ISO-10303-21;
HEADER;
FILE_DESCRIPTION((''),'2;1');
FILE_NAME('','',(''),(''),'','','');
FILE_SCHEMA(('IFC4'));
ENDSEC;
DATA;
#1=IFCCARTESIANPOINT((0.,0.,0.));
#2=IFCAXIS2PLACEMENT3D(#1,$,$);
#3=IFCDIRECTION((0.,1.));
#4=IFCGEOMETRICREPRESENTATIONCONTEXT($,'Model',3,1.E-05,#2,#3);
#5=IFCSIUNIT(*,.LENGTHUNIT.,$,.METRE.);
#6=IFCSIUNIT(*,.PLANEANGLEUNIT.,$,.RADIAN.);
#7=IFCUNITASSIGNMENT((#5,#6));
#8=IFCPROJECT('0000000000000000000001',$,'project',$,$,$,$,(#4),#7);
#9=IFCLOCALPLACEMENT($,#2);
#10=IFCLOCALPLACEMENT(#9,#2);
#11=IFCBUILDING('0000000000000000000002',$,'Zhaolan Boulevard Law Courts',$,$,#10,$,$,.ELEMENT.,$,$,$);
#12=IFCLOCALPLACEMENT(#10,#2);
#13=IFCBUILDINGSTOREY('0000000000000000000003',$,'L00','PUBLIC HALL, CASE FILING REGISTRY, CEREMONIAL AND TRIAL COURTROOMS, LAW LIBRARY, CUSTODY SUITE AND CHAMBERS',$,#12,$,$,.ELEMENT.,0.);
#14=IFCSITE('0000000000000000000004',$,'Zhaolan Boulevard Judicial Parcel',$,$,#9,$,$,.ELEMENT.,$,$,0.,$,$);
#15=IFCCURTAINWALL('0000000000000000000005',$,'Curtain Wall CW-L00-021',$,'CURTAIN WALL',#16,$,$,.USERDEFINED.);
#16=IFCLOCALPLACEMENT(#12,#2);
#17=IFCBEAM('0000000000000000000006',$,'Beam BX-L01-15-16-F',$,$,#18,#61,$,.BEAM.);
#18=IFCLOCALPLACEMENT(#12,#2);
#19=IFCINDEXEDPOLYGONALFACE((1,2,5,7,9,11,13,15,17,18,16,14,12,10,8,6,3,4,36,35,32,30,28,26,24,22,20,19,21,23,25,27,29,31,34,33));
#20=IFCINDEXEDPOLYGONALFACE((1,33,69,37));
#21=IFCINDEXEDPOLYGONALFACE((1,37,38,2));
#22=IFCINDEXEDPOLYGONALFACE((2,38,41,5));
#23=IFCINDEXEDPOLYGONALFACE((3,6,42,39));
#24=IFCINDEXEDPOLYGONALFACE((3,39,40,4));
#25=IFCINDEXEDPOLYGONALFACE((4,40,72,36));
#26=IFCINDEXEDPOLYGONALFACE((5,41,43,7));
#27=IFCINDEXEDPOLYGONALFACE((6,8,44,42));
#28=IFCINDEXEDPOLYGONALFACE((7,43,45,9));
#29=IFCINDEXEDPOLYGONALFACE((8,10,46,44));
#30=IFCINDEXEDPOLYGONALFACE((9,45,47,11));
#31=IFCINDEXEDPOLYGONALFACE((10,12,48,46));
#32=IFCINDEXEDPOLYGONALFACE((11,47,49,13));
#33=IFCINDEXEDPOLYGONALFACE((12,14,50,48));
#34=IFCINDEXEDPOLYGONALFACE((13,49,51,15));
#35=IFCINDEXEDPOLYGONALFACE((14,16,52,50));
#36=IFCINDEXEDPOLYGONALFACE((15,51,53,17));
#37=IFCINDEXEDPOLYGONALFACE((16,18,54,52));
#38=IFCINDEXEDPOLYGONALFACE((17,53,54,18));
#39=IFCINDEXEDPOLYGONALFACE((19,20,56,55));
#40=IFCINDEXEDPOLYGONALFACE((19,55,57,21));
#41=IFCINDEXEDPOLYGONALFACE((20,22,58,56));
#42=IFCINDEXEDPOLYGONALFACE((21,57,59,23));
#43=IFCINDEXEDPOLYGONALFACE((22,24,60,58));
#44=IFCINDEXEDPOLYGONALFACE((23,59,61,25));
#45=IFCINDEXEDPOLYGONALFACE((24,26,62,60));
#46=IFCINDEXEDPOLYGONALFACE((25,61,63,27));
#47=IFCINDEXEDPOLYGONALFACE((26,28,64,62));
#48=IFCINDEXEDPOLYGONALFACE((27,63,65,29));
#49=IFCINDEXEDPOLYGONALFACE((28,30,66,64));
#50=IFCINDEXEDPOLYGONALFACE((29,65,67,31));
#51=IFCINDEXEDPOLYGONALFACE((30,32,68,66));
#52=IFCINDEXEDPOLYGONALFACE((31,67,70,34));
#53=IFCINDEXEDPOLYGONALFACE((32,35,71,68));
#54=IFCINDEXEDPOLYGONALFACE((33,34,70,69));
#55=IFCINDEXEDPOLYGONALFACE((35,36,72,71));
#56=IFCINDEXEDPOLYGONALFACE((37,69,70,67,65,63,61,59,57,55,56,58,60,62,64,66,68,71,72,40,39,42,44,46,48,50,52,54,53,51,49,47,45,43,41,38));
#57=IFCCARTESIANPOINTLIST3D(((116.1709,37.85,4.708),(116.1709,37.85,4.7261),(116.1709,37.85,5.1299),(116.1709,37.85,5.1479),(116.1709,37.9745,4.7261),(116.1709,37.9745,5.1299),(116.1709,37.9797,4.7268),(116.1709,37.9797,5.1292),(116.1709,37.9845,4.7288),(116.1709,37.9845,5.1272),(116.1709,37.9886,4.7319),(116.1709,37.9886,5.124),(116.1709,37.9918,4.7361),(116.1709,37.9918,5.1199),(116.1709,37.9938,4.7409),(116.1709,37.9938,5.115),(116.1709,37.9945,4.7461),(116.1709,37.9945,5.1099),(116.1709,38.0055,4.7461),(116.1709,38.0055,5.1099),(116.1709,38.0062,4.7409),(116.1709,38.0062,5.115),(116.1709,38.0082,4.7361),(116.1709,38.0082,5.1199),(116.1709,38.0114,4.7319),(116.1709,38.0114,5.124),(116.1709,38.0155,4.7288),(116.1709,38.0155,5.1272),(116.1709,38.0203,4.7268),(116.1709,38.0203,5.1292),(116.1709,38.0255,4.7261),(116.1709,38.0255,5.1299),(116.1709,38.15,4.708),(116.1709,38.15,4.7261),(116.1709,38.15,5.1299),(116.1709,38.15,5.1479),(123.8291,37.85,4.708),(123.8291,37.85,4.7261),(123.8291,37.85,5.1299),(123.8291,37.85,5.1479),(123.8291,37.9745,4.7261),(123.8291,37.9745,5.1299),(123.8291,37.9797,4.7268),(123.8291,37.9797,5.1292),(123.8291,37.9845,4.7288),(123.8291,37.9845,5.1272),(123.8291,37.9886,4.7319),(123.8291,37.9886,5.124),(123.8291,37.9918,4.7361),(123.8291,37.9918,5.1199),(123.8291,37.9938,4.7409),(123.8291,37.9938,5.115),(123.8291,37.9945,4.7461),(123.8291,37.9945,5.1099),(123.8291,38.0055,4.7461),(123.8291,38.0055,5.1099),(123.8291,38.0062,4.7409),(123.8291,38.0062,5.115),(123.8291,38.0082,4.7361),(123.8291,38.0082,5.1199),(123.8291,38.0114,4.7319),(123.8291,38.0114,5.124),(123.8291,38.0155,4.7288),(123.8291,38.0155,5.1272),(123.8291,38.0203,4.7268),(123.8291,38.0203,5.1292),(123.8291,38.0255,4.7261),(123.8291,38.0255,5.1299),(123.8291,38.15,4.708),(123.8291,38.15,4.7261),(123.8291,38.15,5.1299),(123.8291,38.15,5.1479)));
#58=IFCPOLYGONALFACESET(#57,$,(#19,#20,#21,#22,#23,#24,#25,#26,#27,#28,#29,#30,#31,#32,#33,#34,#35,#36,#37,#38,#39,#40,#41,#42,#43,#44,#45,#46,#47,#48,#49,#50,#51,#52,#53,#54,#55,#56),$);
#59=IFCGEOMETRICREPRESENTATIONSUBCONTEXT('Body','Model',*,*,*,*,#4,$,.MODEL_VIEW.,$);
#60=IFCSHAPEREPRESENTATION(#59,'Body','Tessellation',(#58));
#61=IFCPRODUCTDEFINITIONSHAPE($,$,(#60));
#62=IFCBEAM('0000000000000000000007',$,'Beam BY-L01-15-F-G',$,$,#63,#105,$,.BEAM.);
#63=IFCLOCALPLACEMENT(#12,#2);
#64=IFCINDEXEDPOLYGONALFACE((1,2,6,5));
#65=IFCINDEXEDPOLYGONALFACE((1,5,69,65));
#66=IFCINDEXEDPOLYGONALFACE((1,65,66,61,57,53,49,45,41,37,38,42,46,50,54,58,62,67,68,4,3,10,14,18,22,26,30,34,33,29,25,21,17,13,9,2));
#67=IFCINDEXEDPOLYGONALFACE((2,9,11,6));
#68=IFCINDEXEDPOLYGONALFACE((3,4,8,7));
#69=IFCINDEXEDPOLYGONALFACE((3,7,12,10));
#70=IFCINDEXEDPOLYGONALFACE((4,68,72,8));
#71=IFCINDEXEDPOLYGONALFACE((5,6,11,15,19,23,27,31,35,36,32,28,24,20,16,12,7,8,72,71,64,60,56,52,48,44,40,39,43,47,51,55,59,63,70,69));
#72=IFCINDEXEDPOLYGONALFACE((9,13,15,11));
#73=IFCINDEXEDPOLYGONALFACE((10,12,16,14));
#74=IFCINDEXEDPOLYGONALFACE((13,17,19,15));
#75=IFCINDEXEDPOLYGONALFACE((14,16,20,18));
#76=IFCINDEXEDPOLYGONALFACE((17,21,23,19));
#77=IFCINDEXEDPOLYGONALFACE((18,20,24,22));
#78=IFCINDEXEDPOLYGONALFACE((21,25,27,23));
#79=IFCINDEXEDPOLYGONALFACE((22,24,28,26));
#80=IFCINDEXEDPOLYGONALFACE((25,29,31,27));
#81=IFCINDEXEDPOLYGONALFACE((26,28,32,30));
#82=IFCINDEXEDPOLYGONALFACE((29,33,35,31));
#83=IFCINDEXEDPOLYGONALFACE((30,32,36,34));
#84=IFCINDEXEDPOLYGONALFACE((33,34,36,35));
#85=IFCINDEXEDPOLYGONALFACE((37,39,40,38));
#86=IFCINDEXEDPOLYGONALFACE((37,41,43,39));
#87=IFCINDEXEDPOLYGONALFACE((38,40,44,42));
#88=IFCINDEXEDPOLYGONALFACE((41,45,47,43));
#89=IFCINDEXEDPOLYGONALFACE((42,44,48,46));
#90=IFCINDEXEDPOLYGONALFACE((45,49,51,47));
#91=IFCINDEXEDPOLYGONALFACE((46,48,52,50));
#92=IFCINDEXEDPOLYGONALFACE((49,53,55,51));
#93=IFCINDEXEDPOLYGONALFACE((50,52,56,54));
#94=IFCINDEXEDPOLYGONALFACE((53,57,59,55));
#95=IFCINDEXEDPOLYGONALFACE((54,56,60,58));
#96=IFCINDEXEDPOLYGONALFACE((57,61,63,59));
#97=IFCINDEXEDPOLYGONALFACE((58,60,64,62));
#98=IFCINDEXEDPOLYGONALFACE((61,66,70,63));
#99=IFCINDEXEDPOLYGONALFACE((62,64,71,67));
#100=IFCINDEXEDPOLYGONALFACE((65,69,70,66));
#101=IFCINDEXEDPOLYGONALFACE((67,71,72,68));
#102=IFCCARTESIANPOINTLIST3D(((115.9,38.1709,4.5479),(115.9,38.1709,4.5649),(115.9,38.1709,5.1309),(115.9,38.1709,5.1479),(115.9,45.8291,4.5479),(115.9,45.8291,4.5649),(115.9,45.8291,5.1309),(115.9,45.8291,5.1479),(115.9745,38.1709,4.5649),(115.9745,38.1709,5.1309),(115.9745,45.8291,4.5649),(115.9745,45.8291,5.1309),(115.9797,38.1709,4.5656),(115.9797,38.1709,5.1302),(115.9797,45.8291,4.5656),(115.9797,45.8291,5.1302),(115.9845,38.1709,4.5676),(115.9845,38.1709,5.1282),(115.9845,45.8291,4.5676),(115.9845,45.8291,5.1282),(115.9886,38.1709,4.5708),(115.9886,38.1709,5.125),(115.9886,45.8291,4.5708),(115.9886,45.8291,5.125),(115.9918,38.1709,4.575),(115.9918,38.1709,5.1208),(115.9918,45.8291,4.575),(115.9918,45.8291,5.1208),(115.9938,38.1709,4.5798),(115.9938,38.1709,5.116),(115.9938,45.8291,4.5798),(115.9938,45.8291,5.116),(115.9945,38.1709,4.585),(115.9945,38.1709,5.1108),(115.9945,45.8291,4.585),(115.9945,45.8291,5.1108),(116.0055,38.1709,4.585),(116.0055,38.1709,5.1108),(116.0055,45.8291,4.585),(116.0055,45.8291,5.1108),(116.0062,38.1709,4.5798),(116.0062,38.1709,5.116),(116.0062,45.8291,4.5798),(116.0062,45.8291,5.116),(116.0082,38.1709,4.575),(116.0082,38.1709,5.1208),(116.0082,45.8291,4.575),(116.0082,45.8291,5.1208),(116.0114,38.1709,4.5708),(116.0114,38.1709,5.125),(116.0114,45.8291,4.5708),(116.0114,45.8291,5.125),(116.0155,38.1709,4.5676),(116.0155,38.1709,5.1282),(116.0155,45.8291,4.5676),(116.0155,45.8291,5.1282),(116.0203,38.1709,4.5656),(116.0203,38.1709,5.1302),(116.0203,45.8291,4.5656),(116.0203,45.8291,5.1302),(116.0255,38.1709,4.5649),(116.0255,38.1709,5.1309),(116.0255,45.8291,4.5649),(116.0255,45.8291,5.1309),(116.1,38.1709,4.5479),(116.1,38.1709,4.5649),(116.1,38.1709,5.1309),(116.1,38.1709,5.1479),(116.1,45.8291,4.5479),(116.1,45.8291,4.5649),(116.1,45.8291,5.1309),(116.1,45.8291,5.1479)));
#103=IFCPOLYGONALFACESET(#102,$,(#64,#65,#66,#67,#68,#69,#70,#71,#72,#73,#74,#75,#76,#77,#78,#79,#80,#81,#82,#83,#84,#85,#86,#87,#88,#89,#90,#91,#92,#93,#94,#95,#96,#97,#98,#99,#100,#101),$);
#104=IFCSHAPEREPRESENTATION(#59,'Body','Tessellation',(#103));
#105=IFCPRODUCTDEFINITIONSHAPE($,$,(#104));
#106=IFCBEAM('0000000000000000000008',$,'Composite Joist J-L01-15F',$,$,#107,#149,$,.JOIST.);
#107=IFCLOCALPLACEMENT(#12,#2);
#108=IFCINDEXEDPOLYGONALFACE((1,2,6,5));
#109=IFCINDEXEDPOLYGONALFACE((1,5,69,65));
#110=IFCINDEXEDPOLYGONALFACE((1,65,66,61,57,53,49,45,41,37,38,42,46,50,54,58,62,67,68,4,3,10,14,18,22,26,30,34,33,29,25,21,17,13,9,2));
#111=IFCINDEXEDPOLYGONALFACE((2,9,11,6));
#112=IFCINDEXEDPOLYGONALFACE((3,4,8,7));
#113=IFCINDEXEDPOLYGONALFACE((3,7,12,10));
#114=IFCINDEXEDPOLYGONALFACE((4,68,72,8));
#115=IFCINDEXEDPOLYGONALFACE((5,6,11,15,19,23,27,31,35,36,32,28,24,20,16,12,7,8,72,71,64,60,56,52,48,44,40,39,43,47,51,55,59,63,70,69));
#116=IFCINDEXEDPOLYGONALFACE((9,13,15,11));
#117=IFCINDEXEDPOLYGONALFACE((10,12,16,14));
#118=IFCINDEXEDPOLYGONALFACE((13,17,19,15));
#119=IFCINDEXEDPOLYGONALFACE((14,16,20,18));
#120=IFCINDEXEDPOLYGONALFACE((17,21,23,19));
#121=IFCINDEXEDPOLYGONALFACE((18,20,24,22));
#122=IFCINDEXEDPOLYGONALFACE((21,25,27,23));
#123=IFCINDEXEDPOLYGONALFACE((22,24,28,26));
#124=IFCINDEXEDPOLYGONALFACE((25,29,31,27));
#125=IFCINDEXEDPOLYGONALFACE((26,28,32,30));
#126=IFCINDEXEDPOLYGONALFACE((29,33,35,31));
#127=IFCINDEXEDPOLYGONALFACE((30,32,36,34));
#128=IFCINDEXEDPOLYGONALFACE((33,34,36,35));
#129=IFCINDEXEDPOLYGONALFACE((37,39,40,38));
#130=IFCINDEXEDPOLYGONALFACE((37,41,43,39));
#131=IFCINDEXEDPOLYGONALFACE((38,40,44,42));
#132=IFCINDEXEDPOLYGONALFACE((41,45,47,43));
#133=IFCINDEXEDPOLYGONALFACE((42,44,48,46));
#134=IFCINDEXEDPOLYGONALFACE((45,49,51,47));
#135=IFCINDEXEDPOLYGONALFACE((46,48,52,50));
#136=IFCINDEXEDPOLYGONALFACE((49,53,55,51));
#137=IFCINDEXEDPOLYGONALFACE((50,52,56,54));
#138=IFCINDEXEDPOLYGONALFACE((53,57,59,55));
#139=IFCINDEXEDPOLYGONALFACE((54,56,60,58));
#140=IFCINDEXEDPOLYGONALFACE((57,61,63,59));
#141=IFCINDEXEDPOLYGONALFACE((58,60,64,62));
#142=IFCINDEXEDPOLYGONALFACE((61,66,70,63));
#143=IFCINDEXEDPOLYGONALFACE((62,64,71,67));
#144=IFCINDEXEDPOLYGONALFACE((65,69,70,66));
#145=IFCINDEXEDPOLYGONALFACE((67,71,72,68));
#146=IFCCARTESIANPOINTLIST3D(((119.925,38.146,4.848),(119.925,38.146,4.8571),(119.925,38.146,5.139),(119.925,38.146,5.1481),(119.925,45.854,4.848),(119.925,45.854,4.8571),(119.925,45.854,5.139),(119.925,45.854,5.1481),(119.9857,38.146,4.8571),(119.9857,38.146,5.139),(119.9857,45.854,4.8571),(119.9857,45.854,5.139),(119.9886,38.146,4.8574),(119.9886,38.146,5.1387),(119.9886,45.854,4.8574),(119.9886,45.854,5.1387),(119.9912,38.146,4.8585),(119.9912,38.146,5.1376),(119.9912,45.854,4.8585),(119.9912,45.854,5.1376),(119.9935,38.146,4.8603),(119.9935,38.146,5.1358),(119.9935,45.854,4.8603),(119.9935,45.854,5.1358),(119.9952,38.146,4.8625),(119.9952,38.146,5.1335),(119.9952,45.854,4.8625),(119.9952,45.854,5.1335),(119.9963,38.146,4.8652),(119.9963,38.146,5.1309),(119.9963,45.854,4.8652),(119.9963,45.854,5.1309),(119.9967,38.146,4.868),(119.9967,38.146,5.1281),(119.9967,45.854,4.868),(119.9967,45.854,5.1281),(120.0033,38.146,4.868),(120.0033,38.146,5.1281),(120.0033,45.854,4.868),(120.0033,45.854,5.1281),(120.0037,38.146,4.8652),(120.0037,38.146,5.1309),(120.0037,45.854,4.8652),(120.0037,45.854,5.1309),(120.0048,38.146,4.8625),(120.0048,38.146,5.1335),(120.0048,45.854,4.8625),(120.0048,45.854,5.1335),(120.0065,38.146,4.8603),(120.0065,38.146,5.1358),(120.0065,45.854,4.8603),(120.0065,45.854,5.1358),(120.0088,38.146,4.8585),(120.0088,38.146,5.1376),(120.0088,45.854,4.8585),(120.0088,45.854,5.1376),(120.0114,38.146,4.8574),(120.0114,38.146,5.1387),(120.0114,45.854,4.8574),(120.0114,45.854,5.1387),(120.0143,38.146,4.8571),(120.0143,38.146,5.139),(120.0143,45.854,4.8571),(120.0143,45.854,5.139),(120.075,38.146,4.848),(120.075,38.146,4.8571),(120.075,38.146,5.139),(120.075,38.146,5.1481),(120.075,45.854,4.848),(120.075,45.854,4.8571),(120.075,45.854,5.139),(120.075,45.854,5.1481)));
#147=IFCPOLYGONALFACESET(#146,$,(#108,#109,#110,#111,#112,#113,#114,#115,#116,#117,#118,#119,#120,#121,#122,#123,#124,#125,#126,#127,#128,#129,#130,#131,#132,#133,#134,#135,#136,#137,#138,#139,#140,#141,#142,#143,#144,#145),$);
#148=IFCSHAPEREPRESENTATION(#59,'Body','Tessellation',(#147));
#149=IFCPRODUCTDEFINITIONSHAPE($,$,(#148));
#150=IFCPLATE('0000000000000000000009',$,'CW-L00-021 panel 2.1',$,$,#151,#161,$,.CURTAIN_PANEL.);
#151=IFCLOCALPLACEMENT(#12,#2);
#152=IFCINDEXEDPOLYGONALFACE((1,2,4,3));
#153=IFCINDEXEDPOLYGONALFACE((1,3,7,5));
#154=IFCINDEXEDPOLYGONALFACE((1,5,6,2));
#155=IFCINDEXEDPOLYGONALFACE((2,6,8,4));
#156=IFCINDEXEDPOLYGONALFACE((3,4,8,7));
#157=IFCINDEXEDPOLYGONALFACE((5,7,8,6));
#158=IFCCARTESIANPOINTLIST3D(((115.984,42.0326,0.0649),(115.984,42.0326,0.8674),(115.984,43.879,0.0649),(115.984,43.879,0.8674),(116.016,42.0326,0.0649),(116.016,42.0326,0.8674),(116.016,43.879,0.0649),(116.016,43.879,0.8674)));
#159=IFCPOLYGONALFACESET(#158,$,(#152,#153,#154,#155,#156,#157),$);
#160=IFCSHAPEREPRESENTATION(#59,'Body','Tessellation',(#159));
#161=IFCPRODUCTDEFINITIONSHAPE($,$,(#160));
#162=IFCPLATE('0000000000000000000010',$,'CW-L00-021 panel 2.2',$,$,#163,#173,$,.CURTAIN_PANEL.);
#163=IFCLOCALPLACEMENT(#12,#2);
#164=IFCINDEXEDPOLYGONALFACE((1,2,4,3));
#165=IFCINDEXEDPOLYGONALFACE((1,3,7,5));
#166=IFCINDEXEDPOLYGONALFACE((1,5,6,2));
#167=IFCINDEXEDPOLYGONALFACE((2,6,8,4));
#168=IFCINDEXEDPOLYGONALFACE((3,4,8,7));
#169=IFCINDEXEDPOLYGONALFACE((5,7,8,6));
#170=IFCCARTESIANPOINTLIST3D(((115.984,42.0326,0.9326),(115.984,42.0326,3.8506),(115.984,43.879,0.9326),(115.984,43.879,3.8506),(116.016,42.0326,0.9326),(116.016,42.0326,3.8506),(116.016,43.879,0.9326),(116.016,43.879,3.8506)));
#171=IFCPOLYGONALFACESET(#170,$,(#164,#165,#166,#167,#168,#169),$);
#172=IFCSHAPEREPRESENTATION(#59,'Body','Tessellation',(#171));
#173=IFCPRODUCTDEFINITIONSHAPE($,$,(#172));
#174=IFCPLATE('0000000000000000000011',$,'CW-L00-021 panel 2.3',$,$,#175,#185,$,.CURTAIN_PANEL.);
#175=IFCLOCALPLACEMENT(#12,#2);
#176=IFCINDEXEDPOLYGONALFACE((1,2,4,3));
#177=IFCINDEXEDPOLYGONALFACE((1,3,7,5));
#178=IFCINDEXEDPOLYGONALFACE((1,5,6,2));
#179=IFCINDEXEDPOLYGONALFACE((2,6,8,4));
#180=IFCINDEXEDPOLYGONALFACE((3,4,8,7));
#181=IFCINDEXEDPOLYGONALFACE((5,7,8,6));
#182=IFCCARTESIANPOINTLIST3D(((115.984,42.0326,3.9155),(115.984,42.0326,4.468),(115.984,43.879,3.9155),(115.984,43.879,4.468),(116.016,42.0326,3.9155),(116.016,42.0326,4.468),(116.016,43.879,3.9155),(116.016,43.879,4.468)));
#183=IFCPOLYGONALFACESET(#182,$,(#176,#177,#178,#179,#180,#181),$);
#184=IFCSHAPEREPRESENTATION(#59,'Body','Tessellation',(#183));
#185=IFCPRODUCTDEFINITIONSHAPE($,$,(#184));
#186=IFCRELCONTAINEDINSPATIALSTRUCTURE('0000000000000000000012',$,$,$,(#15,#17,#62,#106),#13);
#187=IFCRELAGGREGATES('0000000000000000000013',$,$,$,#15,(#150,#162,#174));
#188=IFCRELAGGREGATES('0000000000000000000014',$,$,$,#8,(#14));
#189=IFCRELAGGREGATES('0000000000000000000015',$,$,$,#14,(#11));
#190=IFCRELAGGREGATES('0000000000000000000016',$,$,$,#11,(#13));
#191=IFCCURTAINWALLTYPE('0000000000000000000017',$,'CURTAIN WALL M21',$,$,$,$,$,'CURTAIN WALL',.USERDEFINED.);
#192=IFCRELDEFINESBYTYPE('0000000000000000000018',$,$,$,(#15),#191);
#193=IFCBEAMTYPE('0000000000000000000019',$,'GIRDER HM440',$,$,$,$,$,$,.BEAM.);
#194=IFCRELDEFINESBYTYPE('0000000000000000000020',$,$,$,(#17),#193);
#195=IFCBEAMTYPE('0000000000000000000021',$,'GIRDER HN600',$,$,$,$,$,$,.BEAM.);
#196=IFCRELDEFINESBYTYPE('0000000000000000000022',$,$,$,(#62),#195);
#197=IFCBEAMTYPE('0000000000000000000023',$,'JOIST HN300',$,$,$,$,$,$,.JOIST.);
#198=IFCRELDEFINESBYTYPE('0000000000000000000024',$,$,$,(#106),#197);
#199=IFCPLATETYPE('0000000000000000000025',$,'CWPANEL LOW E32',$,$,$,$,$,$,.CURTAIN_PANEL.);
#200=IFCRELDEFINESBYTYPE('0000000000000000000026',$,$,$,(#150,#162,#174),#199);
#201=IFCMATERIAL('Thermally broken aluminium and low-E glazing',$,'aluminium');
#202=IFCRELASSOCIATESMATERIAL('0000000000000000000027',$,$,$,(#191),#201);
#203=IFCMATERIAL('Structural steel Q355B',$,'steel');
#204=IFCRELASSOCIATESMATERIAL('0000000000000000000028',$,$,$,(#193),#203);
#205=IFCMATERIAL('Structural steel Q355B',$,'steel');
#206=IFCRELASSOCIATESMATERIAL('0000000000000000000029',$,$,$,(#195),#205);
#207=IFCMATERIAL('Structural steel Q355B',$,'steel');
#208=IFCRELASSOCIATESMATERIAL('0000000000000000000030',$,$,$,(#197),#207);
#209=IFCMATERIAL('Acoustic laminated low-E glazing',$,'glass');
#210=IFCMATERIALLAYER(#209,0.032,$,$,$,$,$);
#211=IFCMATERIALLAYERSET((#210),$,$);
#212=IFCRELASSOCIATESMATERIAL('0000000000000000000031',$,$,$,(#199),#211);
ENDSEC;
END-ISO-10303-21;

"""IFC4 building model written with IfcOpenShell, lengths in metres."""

from ifc_helpers import new_model, si_unit, direction, frame, origin, origin_2d, place, context, subcontext, project, spatial, rectangle, i_section, extrude, material, layer, layer_set, material_profile, profile_set, type_object, element, aggregate, save


model = new_model("IFC4")

# Units and contexts
model_context = context("Model", 3, precision=1e-05, world=origin(), true_north=direction((0.0, 1.0)))
body_context = subcontext(model_context, "Body", "Model", "MODEL_VIEW")
ifc_project = project(units=[si_unit("LENGTHUNIT", "METRE"), si_unit("PLANEANGLEUNIT", "RADIAN")], contexts=[model_context])

# Site, building, storey
site_placement = place(None, origin())
site = spatial("IfcSite", under=ifc_project, at=site_placement, Name="Zhaolan Boulevard Judicial Parcel", CompositionType="ELEMENT", RefElevation=0.0)
building_placement = place(site_placement, origin())
building = spatial("IfcBuilding", under=site, at=building_placement, Name="Zhaolan Boulevard Law Courts", CompositionType="ELEMENT")
storey_placement = place(building_placement, origin())
storey = spatial("IfcBuildingStorey", under=building, at=storey_placement, Name="L00", Description="PUBLIC HALL, CASE FILING REGISTRY, CEREMONIAL AND TRIAL COURTROOMS, LAW LIBRARY, CUSTODY SUITE AND CHAMBERS", CompositionType="ELEMENT", Elevation=0.0)

# Curtain wall
ifc_material_1 = material(Name="Thermally broken aluminium and low-E glazing", Category="aluminium")
curtain_wall_type = type_object("IfcCurtainWallType", Name="CURTAIN WALL M21", ElementType="CURTAIN WALL", PredefinedType="USERDEFINED", material=ifc_material_1)
curtain_wall_placement = place(storey_placement, origin())
curtain_wall = element("IfcCurtainWall", 1, at=curtain_wall_placement, inside=storey, type_object=curtain_wall_type, Name="Curtain Wall CW-L00-021", ObjectType="CURTAIN WALL", PredefinedType="USERDEFINED")

# Beams
ifc_material_2 = material(Name="Structural steel Q355B", Category="steel")
ifc_material_profile_1 = material_profile(ifc_material_2, i_section(OverallWidth=0.3, OverallDepth=0.4399, WebThickness=0.011, FlangeThickness=0.0181, FilletRadius=0.02, at=origin_2d()), Name="HM440x300")
ifc_profile_set_1 = profile_set([ifc_material_profile_1], Name="Structural steel Q355B")
beam_type_1 = type_object("IfcBeamType", Name="GIRDER HM440", PredefinedType="BEAM", material=ifc_profile_set_1)
beam_1_placement = place(storey_placement, frame((116.1709, 38.0, 4.928), z_axis=(1.0, 0.0, 0.0), x_axis=(0.0, 1.0, 0.0)))
element("IfcBeam", 2, at=beam_1_placement, inside=storey, type_object=beam_type_1, Name="Beam BX-L01-15-16-F", PredefinedType="BEAM", context=body_context, shape_type="SweptSolid", body=[
    extrude(i_section(OverallWidth=0.3, OverallDepth=0.4399, WebThickness=0.011, FlangeThickness=0.0181, FilletRadius=0.02, at=origin_2d()), origin(), (0.0, 0.0, 1.0), 7.6582),
])
ifc_material_3 = material(Name="Structural steel Q355B", Category="steel")
ifc_material_profile_2 = material_profile(ifc_material_3, i_section(OverallWidth=0.2, OverallDepth=0.6001, WebThickness=0.011, FlangeThickness=0.0171, FilletRadius=0.02, at=origin_2d()), Name="HN600x200")
ifc_profile_set_2 = profile_set([ifc_material_profile_2], Name="Structural steel Q355B")
beam_type_2 = type_object("IfcBeamType", Name="GIRDER HN600", PredefinedType="BEAM", material=ifc_profile_set_2)
beam_2_placement = place(storey_placement, frame((116.0, 38.1709, 4.8479), z_axis=(0.0, 1.0, 0.0), x_axis=(-1.0, 0.0, 0.0)))
element("IfcBeam", 3, at=beam_2_placement, inside=storey, type_object=beam_type_2, Name="Beam BY-L01-15-F-G", PredefinedType="BEAM", context=body_context, shape_type="SweptSolid", body=[
    extrude(i_section(OverallWidth=0.2, OverallDepth=0.6001, WebThickness=0.011, FlangeThickness=0.0171, FilletRadius=0.02, at=origin_2d()), origin(), (0.0, 0.0, 1.0), 7.6582),
])
ifc_material_4 = material(Name="Structural steel Q355B", Category="steel")
ifc_material_profile_3 = material_profile(ifc_material_4, i_section(OverallWidth=0.1499, OverallDepth=0.3, WebThickness=0.0066, FlangeThickness=0.009, FilletRadius=0.011, at=origin_2d()), Name="HN300x150")
ifc_profile_set_3 = profile_set([ifc_material_profile_3], Name="Structural steel Q355B")
beam_type_3 = type_object("IfcBeamType", Name="JOIST HN300", PredefinedType="JOIST", material=ifc_profile_set_3)
beam_3_placement = place(storey_placement, frame((120.0, 38.146, 4.998), z_axis=(0.0, 1.0, 0.0), x_axis=(-1.0, 0.0, 0.0)))
element("IfcBeam", 4, at=beam_3_placement, inside=storey, type_object=beam_type_3, Name="Composite Joist J-L01-15F", PredefinedType="JOIST", context=body_context, shape_type="SweptSolid", body=[
    extrude(i_section(OverallWidth=0.1499, OverallDepth=0.3, WebThickness=0.0066, FlangeThickness=0.009, FilletRadius=0.011, at=origin_2d()), origin(), (0.0, 0.0, 1.0), 7.708),
])

# Plates
ifc_material_5 = material(Name="Acoustic laminated low-E glazing", Category="glass")
ifc_layer = layer(ifc_material_5, 0.032)
ifc_layer_set = layer_set([ifc_layer])
plate_type = type_object("IfcPlateType", Name="CWPANEL LOW E32", PredefinedType="CURTAIN_PANEL", material=ifc_layer_set)
plate_1_placement = place(storey_placement, frame((116.0, 42.9558, 0.0649), z_axis=(0.0, 0.0, 1.0), x_axis=(0.0, -1.0, 0.0)))
plate_1 = element("IfcPlate", 5, at=plate_1_placement, type_object=plate_type, Name="CW-L00-021 panel 2.1", PredefinedType="CURTAIN_PANEL", context=body_context, shape_type="SweptSolid", body=[
    extrude(rectangle(XDim=1.8464, YDim=0.032, at=origin_2d()), origin(), (0.0, 0.0, 1.0), 0.8025),
])
plate_2_placement = place(storey_placement, frame((116.0, 42.9558, 0.9326), z_axis=(0.0, 0.0, 1.0), x_axis=(0.0, -1.0, 0.0)))
plate_2 = element("IfcPlate", 6, at=plate_2_placement, type_object=plate_type, Name="CW-L00-021 panel 2.2", PredefinedType="CURTAIN_PANEL", context=body_context, shape_type="SweptSolid", body=[
    extrude(rectangle(XDim=1.8464, YDim=0.032, at=origin_2d()), origin(), (0.0, 0.0, 1.0), 2.918),
])
plate_3_placement = place(storey_placement, frame((116.0, 42.9558, 3.9155), z_axis=(0.0, 0.0, 1.0), x_axis=(0.0, -1.0, 0.0)))
plate_3 = element("IfcPlate", 7, at=plate_3_placement, type_object=plate_type, Name="CW-L00-021 panel 2.3", PredefinedType="CURTAIN_PANEL", context=body_context, shape_type="SweptSolid", body=[
    extrude(rectangle(XDim=1.8464, YDim=0.032, at=origin_2d()), origin(), (0.0, 0.0, 1.0), 0.5525),
])
aggregate(curtain_wall, [plate_1, plate_2, plate_3])

save(model, "model.ifc")
